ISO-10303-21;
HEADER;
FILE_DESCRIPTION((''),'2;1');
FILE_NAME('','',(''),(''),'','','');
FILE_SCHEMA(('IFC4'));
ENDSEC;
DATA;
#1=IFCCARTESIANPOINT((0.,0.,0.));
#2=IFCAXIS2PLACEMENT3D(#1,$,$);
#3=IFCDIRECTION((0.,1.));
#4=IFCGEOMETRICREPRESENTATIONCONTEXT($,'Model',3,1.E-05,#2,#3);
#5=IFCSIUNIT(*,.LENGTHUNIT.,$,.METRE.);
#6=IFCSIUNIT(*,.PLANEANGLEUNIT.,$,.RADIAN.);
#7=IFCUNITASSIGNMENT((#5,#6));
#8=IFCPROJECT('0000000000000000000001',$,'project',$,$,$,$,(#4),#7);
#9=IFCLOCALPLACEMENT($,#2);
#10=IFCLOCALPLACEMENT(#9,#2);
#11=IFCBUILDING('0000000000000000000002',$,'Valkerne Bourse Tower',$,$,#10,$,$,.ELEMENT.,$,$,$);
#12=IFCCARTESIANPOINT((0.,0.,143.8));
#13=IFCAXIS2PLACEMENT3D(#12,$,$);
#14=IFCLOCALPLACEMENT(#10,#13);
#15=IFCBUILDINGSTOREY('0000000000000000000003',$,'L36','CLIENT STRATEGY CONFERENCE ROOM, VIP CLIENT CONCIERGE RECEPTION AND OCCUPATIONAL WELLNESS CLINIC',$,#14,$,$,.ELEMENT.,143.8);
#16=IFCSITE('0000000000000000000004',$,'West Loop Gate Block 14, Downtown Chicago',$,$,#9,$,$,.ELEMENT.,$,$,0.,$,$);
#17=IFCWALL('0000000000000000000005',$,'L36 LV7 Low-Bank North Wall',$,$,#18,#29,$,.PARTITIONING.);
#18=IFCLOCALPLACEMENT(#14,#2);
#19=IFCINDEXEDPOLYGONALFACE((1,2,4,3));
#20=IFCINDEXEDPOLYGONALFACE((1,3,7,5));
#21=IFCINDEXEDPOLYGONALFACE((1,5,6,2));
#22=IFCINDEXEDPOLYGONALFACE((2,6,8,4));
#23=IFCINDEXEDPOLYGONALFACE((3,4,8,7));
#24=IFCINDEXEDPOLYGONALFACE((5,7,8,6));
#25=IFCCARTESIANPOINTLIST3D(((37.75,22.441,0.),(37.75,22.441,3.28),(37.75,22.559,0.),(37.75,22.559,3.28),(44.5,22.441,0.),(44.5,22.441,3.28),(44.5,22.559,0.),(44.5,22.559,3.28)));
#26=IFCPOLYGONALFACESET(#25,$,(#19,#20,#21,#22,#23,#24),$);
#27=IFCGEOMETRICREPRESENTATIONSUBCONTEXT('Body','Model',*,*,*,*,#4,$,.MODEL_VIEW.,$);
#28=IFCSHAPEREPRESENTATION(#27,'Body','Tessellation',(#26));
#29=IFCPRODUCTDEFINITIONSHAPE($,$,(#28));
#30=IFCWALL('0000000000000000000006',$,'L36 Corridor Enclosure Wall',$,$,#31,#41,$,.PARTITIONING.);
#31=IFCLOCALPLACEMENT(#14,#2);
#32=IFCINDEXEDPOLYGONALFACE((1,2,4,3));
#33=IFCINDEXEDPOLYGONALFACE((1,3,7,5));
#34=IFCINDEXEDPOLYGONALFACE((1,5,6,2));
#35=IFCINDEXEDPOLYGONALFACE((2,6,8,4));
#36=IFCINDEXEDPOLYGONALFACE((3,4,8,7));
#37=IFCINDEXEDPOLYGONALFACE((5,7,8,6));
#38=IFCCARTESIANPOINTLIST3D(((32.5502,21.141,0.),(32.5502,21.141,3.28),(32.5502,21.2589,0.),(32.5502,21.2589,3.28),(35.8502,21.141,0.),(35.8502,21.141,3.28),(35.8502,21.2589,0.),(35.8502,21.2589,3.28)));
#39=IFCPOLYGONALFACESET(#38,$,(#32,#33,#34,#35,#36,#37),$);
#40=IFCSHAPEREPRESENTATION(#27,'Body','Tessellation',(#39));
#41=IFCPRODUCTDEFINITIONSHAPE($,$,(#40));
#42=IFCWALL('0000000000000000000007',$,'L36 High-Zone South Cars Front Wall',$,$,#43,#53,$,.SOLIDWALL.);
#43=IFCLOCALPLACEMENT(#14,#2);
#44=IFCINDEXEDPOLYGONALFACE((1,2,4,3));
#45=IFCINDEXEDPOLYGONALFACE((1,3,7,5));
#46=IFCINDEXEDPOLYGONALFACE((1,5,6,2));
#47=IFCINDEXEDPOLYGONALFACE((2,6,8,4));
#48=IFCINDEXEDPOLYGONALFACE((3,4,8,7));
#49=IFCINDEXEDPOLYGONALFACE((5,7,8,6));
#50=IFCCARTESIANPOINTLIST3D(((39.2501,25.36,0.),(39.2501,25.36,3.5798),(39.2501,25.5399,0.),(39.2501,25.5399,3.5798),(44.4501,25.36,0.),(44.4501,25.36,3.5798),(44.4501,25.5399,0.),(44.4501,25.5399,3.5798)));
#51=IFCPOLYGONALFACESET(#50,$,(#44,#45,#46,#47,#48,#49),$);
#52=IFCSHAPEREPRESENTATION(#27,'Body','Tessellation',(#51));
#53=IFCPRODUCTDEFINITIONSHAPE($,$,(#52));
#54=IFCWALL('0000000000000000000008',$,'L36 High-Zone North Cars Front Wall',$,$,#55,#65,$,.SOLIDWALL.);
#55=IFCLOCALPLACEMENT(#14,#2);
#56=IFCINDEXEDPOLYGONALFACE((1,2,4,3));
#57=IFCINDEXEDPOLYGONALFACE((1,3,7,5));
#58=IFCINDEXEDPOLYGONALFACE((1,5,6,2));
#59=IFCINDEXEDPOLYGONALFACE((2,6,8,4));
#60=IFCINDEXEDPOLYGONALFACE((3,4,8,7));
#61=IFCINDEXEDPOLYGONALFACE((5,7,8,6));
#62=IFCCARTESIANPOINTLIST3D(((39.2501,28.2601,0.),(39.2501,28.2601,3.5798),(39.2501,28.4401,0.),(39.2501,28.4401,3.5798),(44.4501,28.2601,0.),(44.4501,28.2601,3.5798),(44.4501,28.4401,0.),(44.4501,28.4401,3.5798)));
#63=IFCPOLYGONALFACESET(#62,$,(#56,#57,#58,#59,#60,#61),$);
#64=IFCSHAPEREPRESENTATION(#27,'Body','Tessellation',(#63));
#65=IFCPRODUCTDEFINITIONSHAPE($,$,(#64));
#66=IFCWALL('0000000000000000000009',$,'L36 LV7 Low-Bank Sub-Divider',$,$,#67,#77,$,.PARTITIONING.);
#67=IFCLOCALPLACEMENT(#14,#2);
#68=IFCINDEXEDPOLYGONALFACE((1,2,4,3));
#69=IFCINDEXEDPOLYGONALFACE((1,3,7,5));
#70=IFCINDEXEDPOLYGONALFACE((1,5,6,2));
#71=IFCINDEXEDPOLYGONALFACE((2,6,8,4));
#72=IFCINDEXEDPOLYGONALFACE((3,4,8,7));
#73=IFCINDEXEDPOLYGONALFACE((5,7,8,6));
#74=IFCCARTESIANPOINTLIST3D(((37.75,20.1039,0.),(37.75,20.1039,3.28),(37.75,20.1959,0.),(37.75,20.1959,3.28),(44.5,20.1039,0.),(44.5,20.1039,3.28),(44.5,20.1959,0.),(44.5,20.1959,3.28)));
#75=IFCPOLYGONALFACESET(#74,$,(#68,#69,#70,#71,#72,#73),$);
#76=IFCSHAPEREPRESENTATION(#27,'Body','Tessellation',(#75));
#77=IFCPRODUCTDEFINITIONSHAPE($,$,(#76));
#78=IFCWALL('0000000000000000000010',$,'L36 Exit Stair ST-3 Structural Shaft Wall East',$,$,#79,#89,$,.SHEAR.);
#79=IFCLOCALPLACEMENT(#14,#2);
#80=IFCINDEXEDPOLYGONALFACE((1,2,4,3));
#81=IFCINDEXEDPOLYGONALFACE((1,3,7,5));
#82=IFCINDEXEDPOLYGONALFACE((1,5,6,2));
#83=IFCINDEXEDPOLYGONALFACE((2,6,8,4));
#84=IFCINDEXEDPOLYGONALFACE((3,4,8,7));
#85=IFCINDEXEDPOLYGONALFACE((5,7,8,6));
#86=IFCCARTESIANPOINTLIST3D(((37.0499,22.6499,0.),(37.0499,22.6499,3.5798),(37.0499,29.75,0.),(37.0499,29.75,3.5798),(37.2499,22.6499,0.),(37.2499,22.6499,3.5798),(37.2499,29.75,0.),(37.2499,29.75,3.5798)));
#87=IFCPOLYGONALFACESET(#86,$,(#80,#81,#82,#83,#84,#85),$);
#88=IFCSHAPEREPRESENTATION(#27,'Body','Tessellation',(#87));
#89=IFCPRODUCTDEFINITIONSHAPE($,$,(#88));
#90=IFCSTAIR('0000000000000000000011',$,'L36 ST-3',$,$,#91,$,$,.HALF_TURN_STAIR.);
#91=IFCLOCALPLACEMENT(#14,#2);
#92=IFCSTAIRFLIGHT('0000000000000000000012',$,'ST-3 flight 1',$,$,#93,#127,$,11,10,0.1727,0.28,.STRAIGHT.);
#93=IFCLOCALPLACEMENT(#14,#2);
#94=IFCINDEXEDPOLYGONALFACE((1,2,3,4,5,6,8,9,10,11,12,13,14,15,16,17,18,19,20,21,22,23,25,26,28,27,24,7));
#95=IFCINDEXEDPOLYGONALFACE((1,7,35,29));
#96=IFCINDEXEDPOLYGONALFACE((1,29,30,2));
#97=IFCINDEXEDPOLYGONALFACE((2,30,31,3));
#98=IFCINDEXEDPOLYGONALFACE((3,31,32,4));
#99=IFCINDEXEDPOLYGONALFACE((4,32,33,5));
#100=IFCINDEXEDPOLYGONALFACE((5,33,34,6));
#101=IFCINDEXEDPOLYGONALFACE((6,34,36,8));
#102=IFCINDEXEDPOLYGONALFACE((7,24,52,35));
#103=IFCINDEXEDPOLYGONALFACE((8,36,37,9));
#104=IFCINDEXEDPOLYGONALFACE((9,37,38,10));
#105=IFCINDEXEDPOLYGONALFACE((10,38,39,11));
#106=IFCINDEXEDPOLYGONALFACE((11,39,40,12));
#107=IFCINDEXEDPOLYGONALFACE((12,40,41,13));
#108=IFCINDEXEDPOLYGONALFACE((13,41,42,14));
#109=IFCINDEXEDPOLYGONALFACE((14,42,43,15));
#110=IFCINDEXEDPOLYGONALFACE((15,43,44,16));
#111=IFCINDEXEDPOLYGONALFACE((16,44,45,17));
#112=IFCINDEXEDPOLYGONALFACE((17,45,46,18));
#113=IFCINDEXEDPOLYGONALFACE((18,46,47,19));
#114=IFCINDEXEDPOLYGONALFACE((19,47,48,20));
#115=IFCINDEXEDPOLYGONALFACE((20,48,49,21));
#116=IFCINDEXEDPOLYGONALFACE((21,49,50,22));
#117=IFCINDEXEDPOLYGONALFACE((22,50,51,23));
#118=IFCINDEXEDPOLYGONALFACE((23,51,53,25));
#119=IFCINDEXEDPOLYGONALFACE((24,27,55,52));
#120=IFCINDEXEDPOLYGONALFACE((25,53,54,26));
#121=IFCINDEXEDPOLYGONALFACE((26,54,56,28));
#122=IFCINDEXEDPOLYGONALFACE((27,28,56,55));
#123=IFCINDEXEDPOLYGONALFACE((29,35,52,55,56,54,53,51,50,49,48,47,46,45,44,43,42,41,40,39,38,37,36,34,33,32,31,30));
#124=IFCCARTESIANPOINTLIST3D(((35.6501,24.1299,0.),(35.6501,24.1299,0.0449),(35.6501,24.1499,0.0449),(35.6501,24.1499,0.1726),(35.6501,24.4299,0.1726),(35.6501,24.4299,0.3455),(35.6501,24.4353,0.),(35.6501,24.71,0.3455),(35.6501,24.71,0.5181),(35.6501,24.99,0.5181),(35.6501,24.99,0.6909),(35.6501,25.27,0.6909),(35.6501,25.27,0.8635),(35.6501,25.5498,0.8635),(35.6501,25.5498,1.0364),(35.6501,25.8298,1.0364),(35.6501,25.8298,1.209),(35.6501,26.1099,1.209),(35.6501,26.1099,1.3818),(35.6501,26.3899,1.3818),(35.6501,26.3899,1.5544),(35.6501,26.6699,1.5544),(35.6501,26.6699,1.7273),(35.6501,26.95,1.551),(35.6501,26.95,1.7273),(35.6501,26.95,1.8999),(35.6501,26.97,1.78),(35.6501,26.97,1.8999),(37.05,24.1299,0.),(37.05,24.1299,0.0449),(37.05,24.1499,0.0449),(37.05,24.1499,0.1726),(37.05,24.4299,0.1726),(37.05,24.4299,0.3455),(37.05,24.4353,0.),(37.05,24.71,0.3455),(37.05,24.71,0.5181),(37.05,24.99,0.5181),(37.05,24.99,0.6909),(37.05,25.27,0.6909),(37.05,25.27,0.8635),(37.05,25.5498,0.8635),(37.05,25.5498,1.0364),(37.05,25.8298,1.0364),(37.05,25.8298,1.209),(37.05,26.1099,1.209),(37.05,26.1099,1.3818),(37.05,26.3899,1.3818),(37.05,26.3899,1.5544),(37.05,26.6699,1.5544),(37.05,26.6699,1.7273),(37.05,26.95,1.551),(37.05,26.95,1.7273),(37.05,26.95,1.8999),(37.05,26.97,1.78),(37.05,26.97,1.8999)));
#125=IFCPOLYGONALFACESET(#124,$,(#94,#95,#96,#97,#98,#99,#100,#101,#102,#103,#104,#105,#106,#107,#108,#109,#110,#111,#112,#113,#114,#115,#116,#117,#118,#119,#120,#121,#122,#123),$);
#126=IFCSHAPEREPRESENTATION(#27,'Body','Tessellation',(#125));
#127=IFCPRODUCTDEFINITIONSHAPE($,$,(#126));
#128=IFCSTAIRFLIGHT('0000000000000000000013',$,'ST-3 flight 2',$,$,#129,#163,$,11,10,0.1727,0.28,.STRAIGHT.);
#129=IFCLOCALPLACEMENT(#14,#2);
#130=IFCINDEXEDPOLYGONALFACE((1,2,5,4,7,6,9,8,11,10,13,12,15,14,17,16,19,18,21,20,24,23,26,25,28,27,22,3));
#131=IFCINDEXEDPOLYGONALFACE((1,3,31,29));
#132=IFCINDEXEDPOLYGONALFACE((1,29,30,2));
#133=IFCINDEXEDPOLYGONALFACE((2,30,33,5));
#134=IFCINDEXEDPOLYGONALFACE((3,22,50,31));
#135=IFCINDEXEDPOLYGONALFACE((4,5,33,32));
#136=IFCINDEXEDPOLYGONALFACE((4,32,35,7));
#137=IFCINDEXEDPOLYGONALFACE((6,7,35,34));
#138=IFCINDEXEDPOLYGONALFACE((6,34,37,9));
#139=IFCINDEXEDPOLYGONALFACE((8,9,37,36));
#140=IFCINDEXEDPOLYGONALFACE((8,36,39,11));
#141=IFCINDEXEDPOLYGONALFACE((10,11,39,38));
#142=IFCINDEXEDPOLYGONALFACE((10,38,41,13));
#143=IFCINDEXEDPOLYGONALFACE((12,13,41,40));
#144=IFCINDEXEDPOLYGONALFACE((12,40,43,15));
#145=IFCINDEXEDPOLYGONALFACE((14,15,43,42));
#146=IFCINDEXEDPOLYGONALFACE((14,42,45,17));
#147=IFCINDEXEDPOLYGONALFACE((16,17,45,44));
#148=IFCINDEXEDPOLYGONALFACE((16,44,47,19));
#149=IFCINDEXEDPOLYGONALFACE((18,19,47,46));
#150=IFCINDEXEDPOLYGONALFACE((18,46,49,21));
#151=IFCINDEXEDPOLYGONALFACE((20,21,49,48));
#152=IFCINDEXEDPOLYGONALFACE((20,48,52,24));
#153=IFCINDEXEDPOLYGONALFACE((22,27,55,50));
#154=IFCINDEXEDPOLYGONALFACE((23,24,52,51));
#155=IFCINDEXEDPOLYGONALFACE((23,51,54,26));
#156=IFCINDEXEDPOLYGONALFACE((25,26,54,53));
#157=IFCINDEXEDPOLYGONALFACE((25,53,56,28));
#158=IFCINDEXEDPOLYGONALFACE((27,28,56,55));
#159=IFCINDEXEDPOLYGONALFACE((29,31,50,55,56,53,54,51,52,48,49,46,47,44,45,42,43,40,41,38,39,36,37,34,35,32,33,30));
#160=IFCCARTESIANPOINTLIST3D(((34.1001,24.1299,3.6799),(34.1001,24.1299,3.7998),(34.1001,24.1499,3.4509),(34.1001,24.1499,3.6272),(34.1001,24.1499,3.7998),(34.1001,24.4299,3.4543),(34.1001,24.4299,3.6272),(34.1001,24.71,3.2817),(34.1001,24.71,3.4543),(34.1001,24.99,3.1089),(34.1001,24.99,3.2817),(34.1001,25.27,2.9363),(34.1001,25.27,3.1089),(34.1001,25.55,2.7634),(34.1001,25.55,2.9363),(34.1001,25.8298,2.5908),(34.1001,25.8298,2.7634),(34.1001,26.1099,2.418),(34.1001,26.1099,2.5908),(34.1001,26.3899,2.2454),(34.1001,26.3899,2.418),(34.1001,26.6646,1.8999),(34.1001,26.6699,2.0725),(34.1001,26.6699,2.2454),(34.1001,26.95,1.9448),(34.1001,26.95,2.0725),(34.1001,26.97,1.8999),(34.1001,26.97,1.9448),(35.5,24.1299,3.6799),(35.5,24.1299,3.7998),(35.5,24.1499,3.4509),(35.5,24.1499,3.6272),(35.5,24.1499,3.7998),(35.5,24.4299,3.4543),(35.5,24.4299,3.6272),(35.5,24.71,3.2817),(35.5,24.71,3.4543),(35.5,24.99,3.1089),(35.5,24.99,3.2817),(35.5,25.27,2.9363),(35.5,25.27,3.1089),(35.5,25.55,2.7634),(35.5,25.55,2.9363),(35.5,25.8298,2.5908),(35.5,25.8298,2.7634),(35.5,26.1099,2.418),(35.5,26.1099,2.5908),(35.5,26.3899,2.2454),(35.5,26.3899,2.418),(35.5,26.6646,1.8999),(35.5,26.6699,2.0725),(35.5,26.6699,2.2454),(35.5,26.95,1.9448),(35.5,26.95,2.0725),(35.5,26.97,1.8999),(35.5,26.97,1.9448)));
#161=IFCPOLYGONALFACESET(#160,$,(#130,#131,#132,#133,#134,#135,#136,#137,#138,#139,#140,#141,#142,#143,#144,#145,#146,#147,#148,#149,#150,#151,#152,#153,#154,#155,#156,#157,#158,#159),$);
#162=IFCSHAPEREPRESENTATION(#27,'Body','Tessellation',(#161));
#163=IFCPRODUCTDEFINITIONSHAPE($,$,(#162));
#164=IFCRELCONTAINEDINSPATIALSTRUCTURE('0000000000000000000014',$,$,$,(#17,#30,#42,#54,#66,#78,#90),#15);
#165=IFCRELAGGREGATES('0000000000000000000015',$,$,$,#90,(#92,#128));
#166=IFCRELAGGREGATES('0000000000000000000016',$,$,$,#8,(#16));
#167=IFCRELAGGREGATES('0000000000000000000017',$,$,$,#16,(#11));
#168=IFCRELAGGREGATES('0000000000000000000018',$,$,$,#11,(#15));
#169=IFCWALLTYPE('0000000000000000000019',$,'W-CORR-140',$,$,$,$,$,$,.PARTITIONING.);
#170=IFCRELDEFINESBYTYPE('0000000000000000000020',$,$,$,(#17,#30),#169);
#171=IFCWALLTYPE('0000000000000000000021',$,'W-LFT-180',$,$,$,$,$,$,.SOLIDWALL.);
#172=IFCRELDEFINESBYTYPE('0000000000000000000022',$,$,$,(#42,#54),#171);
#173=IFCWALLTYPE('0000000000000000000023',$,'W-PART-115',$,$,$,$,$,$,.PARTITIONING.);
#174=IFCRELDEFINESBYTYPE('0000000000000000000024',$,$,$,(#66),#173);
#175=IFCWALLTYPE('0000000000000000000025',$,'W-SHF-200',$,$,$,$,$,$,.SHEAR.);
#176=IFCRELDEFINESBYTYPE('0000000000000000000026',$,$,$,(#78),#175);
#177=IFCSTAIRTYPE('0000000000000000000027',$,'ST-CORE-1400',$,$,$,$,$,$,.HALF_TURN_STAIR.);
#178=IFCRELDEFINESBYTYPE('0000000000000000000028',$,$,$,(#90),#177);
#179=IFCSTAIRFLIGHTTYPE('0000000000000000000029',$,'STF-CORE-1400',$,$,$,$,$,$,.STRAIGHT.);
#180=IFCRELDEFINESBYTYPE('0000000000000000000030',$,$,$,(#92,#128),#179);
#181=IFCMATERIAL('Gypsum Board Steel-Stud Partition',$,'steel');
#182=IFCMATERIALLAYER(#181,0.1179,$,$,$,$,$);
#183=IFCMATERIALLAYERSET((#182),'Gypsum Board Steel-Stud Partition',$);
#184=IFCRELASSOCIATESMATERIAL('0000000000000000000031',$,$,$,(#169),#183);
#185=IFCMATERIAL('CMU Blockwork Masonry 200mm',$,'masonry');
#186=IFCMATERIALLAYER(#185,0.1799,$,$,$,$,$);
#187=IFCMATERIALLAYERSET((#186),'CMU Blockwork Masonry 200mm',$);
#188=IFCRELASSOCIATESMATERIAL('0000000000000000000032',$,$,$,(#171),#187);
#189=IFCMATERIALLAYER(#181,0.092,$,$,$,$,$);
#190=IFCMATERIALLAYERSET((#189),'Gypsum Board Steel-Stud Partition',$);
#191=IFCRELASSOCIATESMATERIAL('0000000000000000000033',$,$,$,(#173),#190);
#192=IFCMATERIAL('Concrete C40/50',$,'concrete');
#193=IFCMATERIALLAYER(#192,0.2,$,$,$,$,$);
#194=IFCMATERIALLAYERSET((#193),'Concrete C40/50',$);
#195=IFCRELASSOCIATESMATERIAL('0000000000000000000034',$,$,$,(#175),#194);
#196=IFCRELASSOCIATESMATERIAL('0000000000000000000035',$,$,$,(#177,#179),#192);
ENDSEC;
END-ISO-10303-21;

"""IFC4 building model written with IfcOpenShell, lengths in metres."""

from ifc_helpers import new_model, si_unit, direction, frame, frame_2d, origin, place, context, subcontext, project, spatial, polyline, rectangle, outline, extrude, material, layer, layer_set, type_object, element, aggregate, save


model = new_model("IFC4")

# Units and contexts
model_context = context("Model", 3, precision=1e-05, world=origin(), true_north=direction((0.0, 1.0)))
body_context = subcontext(model_context, "Body", "Model", "MODEL_VIEW")
ifc_project = project(units=[si_unit("LENGTHUNIT", "METRE"), si_unit("PLANEANGLEUNIT", "RADIAN")], contexts=[model_context])

# Site, building, storey
site_placement = place(None, origin())
site = spatial("IfcSite", under=ifc_project, at=site_placement, Name="West Loop Gate Block 14, Downtown Chicago", CompositionType="ELEMENT", RefElevation=0.0)
building_placement = place(site_placement, origin())
building = spatial("IfcBuilding", under=site, at=building_placement, Name="Valkerne Bourse Tower", CompositionType="ELEMENT")
storey_placement = place(building_placement, frame((0.0, 0.0, 143.8)))
storey = spatial("IfcBuildingStorey", under=building, at=storey_placement, Name="L36", Description="CLIENT STRATEGY CONFERENCE ROOM, VIP CLIENT CONCIERGE RECEPTION AND OCCUPATIONAL WELLNESS CLINIC", CompositionType="ELEMENT", Elevation=143.8)

# Walls
ifc_material_1 = material(Name="Gypsum Board Steel-Stud Partition", Category="steel")
ifc_layer_1 = layer(ifc_material_1, 0.1179)
ifc_layer_set_1 = layer_set([ifc_layer_1], Name="Gypsum Board Steel-Stud Partition")
wall_type_1 = type_object("IfcWallType", Name="W-CORR-140", PredefinedType="PARTITIONING", material=ifc_layer_set_1)
wall_1_placement = place(storey_placement, frame((37.75, 22.5, 0.0), z_axis=(0.0, 0.0, 1.0), x_axis=(1.0, 0.0, 0.0)))
element("IfcWall", 1, at=wall_1_placement, inside=storey, type_object=wall_type_1, Name="L36 LV7 Low-Bank North Wall", PredefinedType="PARTITIONING", context=body_context, shape_type="SweptSolid", body=[
    extrude(rectangle(XDim=6.75, YDim=0.1179, at=frame_2d((3.375, 0.0))), origin(), (0.0, 0.0, 1.0), 3.28),
])
wall_2_placement = place(storey_placement, frame((35.8501, 21.2, 0.0), z_axis=(0.0, 0.0, 1.0), x_axis=(-1.0, 0.0, 0.0)))
element("IfcWall", 2, at=wall_2_placement, inside=storey, type_object=wall_type_1, Name="L36 Corridor Enclosure Wall", PredefinedType="PARTITIONING", context=body_context, shape_type="SweptSolid", body=[
    extrude(rectangle(XDim=3.3, YDim=0.1179, at=frame_2d((1.6499, 0.0))), origin(), (0.0, 0.0, 1.0), 3.28),
])
ifc_material_2 = material(Name="CMU Blockwork Masonry 200mm", Category="masonry")
ifc_layer_2 = layer(ifc_material_2, 0.1799)
ifc_layer_set_2 = layer_set([ifc_layer_2], Name="CMU Blockwork Masonry 200mm")
wall_type_2 = type_object("IfcWallType", Name="W-LFT-180", PredefinedType="SOLIDWALL", material=ifc_layer_set_2)
for number, where, z_axis, x_axis, name in (
    (3, (39.25, 25.45, 0.0), (0.0, 0.0, 1.0), (1.0, 0.0, 0.0), "L36 High-Zone South Cars Front Wall"),
    (4, (39.25, 28.3501, 0.0), (0.0, 0.0, 1.0), (1.0, 0.0, 0.0), "L36 High-Zone North Cars Front Wall"),
):
    element("IfcWall", number, at=place(storey_placement, frame(where, z_axis=z_axis, x_axis=x_axis)), inside=storey, type_object=wall_type_2, Name=name, PredefinedType="SOLIDWALL", context=body_context, shape_type="SweptSolid", body=[
        extrude(rectangle(XDim=5.2, YDim=0.1799, at=frame_2d((2.6001, 0.0))), origin(), (0.0, 0.0, 1.0), 3.5798),
    ])
ifc_layer_3 = layer(ifc_material_1, 0.092)
ifc_layer_set_3 = layer_set([ifc_layer_3], Name="Gypsum Board Steel-Stud Partition")
wall_type_3 = type_object("IfcWallType", Name="W-PART-115", PredefinedType="PARTITIONING", material=ifc_layer_set_3)
wall_3_placement = place(storey_placement, frame((37.75, 20.1499, 0.0), z_axis=(0.0, 0.0, 1.0), x_axis=(1.0, 0.0, 0.0)))
element("IfcWall", 5, at=wall_3_placement, inside=storey, type_object=wall_type_3, Name="L36 LV7 Low-Bank Sub-Divider", PredefinedType="PARTITIONING", context=body_context, shape_type="SweptSolid", body=[
    extrude(rectangle(XDim=6.75, YDim=0.092, at=frame_2d((3.375, 0.0))), origin(), (0.0, 0.0, 1.0), 3.28),
])
ifc_material_3 = material(Name="Concrete C40/50", Category="concrete")
ifc_layer_4 = layer(ifc_material_3, 0.2)
ifc_layer_set_4 = layer_set([ifc_layer_4], Name="Concrete C40/50")
wall_type_4 = type_object("IfcWallType", Name="W-SHF-200", PredefinedType="SHEAR", material=ifc_layer_set_4)
wall_4_placement = place(storey_placement, frame((37.1499, 22.6499, 0.0), z_axis=(0.0, 0.0, 1.0), x_axis=(0.0, 1.0, 0.0)))
element("IfcWall", 6, at=wall_4_placement, inside=storey, type_object=wall_type_4, Name="L36 Exit Stair ST-3 Structural Shaft Wall East", PredefinedType="SHEAR", context=body_context, shape_type="SweptSolid", body=[
    extrude(rectangle(XDim=7.1001, YDim=0.2, at=frame_2d((3.55, 0.0))), origin(), (0.0, 0.0, 1.0), 3.5798),
])

# Stair, stair flights
stair_type = type_object("IfcStairType", Name="ST-CORE-1400", PredefinedType="HALF_TURN_STAIR", material=ifc_material_3)
stair_placement = place(storey_placement, origin())
stair = element("IfcStair", 7, at=stair_placement, inside=storey, type_object=stair_type, Name="L36 ST-3", PredefinedType="HALF_TURN_STAIR")
stair_flight_type = type_object("IfcStairFlightType", Name="STF-CORE-1400", PredefinedType="STRAIGHT", material=ifc_material_3)
stair_flight_1_placement = place(storey_placement, frame((36.3501, 24.1499, 0.0), z_axis=(0.0, 0.0, 1.0), x_axis=(0.0, 1.0, 0.0)))
stair_flight_1 = element("IfcStairFlight", 8, at=stair_flight_1_placement, type_object=stair_flight_type, Name="ST-3 flight 1", NumberOfRisers=11, NumberOfTreads=10, PredefinedType="STRAIGHT", RiserHeight=0.1727, TreadLength=0.28, context=body_context, shape_type="SweptSolid", body=[
    extrude(outline(polyline([(-0.02, 0.0), (-0.02, 0.0449), (0.0, 0.0449), (0.0, 0.1726), (0.28, 0.1726), (0.28, 0.3455), (0.5601, 0.3455), (0.5601, 0.5181), (0.8401, 0.5181), (0.8401, 0.6909), (1.1201, 0.6909), (1.1201, 0.8635), (1.3999, 0.8635), (1.3999, 1.0364), (1.6799, 1.0364), (1.6799, 1.209), (1.96, 1.209), (1.96, 1.3818), (2.24, 1.3818), (2.24, 1.5544), (2.52, 1.5544), (2.52, 1.7273), (2.8, 1.7273), (2.8, 1.8999), (2.8201, 1.8999), (2.8201, 1.78), (2.8, 1.551), (0.2854, 0.0), (-0.02, 0.0)])), frame((0.0, 0.7, 0.0), z_axis=(0.0, -1.0, 0.0), x_axis=(1.0, 0.0, 0.0)), (0.0, 0.0, 1.0), 1.3999),
])
stair_flight_2_placement = place(storey_placement, frame((34.8, 26.95, 1.8999), z_axis=(0.0, 0.0, 1.0), x_axis=(0.0, -1.0, 0.0)))
stair_flight_2 = element("IfcStairFlight", 9, at=stair_flight_2_placement, type_object=stair_flight_type, Name="ST-3 flight 2", NumberOfRisers=11, NumberOfTreads=10, PredefinedType="STRAIGHT", RiserHeight=0.1727, TreadLength=0.28, context=body_context, shape_type="SweptSolid", body=[
    extrude(outline(polyline([(-0.02, 0.0), (-0.02, 0.0449), (0.0, 0.0449), (0.0, 0.1726), (0.28, 0.1726), (0.28, 0.3455), (0.5601, 0.3455), (0.5601, 0.5181), (0.8401, 0.5181), (0.8401, 0.6909), (1.1201, 0.6909), (1.1201, 0.8635), (1.3999, 0.8635), (1.3999, 1.0364), (1.6799, 1.0364), (1.6799, 1.209), (1.96, 1.209), (1.96, 1.3818), (2.24, 1.3818), (2.24, 1.5544), (2.52, 1.5544), (2.52, 1.7273), (2.8, 1.7273), (2.8, 1.8999), (2.8201, 1.8999), (2.8201, 1.78), (2.8, 1.551), (0.2854, 0.0), (-0.02, 0.0)])), frame((0.0, 0.7, 0.0), z_axis=(0.0, -1.0, 0.0), x_axis=(1.0, 0.0, 0.0)), (0.0, 0.0, 1.0), 1.3999),
])
aggregate(stair, [stair_flight_1, stair_flight_2])

save(model, "model.ifc")
